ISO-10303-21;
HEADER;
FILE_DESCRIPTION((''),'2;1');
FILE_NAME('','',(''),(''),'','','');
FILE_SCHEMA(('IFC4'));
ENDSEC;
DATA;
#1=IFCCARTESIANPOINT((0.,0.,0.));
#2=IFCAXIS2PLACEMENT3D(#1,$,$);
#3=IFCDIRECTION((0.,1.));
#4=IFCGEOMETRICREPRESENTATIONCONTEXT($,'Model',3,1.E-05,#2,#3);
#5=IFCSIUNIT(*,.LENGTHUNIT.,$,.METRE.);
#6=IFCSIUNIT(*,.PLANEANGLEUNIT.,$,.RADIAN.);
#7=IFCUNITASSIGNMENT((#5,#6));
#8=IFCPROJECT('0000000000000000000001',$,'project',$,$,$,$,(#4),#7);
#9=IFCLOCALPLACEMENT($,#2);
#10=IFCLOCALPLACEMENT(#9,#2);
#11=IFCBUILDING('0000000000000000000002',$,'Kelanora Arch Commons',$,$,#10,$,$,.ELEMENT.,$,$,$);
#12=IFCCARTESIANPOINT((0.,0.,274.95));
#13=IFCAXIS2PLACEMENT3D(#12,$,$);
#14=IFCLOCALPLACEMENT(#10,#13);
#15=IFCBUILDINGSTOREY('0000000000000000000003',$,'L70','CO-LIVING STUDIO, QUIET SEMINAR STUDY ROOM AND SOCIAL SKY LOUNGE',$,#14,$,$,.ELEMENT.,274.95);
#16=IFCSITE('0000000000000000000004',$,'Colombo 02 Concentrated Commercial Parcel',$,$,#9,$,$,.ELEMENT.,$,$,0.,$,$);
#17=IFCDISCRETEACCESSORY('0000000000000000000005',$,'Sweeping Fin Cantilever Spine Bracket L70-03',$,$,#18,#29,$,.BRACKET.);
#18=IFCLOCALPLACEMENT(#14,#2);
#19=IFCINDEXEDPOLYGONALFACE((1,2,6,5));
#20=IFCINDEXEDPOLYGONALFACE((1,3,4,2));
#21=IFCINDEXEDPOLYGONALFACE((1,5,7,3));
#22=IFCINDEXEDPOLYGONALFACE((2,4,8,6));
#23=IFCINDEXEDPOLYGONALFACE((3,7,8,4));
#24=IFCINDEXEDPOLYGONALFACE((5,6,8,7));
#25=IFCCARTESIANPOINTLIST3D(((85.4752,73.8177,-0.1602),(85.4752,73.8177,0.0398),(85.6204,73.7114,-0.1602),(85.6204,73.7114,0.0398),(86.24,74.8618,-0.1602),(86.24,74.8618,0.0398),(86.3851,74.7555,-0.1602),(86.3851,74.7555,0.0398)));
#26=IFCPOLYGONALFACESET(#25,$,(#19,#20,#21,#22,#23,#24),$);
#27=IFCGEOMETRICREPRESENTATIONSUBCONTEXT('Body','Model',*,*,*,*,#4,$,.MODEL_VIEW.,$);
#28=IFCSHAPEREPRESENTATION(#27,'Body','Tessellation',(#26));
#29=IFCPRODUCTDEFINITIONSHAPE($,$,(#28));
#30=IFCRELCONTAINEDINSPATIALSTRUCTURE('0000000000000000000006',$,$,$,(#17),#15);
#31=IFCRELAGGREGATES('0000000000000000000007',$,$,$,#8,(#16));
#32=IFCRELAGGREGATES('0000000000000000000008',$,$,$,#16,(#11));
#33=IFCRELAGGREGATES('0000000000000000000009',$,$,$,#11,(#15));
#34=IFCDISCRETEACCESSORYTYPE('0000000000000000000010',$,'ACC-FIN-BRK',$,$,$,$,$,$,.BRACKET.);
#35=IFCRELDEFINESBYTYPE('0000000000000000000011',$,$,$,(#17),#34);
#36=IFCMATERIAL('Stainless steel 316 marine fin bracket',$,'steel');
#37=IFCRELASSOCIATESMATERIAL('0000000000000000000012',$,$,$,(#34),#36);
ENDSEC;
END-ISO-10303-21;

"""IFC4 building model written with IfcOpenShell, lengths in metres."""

from ifc_helpers import new_model, si_unit, direction, frame, origin, origin_2d, place, context, subcontext, project, spatial, rectangle, extrude, source, transform, mapped, material, type_object, element, save


model = new_model("IFC4")

# Units and contexts
model_context = context("Model", 3, precision=1e-05, world=origin(), true_north=direction((0.0, 1.0)))
body_context = subcontext(model_context, "Body", "Model", "MODEL_VIEW")
ifc_project = project(units=[si_unit("LENGTHUNIT", "METRE"), si_unit("PLANEANGLEUNIT", "RADIAN")], contexts=[model_context])

# Site, building, storey
site_placement = place(None, origin())
site = spatial("IfcSite", under=ifc_project, at=site_placement, Name="Colombo 02 Concentrated Commercial Parcel", CompositionType="ELEMENT", RefElevation=0.0)
building_placement = place(site_placement, origin())
building = spatial("IfcBuilding", under=site, at=building_placement, Name="Kelanora Arch Commons", CompositionType="ELEMENT")
storey_placement = place(building_placement, frame((0.0, 0.0, 274.95)))
storey = spatial("IfcBuildingStorey", under=building, at=storey_placement, Name="L70", Description="CO-LIVING STUDIO, QUIET SEMINAR STUDY ROOM AND SOCIAL SKY LOUNGE", CompositionType="ELEMENT", Elevation=274.95)

# Discrete accessory
ifc_material_1 = material(Name="Stainless steel 316 marine fin bracket", Category="steel")
discrete_accessory_type = type_object("IfcDiscreteAccessoryType", Name="ACC-FIN-BRK", PredefinedType="BRACKET", material=ifc_material_1)
shared_shape_1 = source(origin(), body_context, "Body", "SweptSolid", [
    extrude(rectangle(XDim=1.2942, YDim=0.1799, at=origin_2d()), origin(), (0.0, 0.0, 1.0), 0.2),
])
for number, where, z_axis, x_axis, name in (
    (1, (85.9302, 74.2866, -0.1602), (0.0, 0.0, 1.0), (0.590887, 0.806754, 0.0), "Sweeping Fin Cantilever Spine Bracket L70-03"),
):
    element("IfcDiscreteAccessory", number, at=place(storey_placement, frame(where, z_axis=z_axis, x_axis=x_axis)), inside=storey, type_object=discrete_accessory_type, Name=name, PredefinedType="BRACKET", context=body_context, shape_type="MappedRepresentation", body=[
        mapped(shared_shape_1, transform((0.0, 0.0, 0.0), scale=1.0)),
    ])

save(model, "model.ifc")
